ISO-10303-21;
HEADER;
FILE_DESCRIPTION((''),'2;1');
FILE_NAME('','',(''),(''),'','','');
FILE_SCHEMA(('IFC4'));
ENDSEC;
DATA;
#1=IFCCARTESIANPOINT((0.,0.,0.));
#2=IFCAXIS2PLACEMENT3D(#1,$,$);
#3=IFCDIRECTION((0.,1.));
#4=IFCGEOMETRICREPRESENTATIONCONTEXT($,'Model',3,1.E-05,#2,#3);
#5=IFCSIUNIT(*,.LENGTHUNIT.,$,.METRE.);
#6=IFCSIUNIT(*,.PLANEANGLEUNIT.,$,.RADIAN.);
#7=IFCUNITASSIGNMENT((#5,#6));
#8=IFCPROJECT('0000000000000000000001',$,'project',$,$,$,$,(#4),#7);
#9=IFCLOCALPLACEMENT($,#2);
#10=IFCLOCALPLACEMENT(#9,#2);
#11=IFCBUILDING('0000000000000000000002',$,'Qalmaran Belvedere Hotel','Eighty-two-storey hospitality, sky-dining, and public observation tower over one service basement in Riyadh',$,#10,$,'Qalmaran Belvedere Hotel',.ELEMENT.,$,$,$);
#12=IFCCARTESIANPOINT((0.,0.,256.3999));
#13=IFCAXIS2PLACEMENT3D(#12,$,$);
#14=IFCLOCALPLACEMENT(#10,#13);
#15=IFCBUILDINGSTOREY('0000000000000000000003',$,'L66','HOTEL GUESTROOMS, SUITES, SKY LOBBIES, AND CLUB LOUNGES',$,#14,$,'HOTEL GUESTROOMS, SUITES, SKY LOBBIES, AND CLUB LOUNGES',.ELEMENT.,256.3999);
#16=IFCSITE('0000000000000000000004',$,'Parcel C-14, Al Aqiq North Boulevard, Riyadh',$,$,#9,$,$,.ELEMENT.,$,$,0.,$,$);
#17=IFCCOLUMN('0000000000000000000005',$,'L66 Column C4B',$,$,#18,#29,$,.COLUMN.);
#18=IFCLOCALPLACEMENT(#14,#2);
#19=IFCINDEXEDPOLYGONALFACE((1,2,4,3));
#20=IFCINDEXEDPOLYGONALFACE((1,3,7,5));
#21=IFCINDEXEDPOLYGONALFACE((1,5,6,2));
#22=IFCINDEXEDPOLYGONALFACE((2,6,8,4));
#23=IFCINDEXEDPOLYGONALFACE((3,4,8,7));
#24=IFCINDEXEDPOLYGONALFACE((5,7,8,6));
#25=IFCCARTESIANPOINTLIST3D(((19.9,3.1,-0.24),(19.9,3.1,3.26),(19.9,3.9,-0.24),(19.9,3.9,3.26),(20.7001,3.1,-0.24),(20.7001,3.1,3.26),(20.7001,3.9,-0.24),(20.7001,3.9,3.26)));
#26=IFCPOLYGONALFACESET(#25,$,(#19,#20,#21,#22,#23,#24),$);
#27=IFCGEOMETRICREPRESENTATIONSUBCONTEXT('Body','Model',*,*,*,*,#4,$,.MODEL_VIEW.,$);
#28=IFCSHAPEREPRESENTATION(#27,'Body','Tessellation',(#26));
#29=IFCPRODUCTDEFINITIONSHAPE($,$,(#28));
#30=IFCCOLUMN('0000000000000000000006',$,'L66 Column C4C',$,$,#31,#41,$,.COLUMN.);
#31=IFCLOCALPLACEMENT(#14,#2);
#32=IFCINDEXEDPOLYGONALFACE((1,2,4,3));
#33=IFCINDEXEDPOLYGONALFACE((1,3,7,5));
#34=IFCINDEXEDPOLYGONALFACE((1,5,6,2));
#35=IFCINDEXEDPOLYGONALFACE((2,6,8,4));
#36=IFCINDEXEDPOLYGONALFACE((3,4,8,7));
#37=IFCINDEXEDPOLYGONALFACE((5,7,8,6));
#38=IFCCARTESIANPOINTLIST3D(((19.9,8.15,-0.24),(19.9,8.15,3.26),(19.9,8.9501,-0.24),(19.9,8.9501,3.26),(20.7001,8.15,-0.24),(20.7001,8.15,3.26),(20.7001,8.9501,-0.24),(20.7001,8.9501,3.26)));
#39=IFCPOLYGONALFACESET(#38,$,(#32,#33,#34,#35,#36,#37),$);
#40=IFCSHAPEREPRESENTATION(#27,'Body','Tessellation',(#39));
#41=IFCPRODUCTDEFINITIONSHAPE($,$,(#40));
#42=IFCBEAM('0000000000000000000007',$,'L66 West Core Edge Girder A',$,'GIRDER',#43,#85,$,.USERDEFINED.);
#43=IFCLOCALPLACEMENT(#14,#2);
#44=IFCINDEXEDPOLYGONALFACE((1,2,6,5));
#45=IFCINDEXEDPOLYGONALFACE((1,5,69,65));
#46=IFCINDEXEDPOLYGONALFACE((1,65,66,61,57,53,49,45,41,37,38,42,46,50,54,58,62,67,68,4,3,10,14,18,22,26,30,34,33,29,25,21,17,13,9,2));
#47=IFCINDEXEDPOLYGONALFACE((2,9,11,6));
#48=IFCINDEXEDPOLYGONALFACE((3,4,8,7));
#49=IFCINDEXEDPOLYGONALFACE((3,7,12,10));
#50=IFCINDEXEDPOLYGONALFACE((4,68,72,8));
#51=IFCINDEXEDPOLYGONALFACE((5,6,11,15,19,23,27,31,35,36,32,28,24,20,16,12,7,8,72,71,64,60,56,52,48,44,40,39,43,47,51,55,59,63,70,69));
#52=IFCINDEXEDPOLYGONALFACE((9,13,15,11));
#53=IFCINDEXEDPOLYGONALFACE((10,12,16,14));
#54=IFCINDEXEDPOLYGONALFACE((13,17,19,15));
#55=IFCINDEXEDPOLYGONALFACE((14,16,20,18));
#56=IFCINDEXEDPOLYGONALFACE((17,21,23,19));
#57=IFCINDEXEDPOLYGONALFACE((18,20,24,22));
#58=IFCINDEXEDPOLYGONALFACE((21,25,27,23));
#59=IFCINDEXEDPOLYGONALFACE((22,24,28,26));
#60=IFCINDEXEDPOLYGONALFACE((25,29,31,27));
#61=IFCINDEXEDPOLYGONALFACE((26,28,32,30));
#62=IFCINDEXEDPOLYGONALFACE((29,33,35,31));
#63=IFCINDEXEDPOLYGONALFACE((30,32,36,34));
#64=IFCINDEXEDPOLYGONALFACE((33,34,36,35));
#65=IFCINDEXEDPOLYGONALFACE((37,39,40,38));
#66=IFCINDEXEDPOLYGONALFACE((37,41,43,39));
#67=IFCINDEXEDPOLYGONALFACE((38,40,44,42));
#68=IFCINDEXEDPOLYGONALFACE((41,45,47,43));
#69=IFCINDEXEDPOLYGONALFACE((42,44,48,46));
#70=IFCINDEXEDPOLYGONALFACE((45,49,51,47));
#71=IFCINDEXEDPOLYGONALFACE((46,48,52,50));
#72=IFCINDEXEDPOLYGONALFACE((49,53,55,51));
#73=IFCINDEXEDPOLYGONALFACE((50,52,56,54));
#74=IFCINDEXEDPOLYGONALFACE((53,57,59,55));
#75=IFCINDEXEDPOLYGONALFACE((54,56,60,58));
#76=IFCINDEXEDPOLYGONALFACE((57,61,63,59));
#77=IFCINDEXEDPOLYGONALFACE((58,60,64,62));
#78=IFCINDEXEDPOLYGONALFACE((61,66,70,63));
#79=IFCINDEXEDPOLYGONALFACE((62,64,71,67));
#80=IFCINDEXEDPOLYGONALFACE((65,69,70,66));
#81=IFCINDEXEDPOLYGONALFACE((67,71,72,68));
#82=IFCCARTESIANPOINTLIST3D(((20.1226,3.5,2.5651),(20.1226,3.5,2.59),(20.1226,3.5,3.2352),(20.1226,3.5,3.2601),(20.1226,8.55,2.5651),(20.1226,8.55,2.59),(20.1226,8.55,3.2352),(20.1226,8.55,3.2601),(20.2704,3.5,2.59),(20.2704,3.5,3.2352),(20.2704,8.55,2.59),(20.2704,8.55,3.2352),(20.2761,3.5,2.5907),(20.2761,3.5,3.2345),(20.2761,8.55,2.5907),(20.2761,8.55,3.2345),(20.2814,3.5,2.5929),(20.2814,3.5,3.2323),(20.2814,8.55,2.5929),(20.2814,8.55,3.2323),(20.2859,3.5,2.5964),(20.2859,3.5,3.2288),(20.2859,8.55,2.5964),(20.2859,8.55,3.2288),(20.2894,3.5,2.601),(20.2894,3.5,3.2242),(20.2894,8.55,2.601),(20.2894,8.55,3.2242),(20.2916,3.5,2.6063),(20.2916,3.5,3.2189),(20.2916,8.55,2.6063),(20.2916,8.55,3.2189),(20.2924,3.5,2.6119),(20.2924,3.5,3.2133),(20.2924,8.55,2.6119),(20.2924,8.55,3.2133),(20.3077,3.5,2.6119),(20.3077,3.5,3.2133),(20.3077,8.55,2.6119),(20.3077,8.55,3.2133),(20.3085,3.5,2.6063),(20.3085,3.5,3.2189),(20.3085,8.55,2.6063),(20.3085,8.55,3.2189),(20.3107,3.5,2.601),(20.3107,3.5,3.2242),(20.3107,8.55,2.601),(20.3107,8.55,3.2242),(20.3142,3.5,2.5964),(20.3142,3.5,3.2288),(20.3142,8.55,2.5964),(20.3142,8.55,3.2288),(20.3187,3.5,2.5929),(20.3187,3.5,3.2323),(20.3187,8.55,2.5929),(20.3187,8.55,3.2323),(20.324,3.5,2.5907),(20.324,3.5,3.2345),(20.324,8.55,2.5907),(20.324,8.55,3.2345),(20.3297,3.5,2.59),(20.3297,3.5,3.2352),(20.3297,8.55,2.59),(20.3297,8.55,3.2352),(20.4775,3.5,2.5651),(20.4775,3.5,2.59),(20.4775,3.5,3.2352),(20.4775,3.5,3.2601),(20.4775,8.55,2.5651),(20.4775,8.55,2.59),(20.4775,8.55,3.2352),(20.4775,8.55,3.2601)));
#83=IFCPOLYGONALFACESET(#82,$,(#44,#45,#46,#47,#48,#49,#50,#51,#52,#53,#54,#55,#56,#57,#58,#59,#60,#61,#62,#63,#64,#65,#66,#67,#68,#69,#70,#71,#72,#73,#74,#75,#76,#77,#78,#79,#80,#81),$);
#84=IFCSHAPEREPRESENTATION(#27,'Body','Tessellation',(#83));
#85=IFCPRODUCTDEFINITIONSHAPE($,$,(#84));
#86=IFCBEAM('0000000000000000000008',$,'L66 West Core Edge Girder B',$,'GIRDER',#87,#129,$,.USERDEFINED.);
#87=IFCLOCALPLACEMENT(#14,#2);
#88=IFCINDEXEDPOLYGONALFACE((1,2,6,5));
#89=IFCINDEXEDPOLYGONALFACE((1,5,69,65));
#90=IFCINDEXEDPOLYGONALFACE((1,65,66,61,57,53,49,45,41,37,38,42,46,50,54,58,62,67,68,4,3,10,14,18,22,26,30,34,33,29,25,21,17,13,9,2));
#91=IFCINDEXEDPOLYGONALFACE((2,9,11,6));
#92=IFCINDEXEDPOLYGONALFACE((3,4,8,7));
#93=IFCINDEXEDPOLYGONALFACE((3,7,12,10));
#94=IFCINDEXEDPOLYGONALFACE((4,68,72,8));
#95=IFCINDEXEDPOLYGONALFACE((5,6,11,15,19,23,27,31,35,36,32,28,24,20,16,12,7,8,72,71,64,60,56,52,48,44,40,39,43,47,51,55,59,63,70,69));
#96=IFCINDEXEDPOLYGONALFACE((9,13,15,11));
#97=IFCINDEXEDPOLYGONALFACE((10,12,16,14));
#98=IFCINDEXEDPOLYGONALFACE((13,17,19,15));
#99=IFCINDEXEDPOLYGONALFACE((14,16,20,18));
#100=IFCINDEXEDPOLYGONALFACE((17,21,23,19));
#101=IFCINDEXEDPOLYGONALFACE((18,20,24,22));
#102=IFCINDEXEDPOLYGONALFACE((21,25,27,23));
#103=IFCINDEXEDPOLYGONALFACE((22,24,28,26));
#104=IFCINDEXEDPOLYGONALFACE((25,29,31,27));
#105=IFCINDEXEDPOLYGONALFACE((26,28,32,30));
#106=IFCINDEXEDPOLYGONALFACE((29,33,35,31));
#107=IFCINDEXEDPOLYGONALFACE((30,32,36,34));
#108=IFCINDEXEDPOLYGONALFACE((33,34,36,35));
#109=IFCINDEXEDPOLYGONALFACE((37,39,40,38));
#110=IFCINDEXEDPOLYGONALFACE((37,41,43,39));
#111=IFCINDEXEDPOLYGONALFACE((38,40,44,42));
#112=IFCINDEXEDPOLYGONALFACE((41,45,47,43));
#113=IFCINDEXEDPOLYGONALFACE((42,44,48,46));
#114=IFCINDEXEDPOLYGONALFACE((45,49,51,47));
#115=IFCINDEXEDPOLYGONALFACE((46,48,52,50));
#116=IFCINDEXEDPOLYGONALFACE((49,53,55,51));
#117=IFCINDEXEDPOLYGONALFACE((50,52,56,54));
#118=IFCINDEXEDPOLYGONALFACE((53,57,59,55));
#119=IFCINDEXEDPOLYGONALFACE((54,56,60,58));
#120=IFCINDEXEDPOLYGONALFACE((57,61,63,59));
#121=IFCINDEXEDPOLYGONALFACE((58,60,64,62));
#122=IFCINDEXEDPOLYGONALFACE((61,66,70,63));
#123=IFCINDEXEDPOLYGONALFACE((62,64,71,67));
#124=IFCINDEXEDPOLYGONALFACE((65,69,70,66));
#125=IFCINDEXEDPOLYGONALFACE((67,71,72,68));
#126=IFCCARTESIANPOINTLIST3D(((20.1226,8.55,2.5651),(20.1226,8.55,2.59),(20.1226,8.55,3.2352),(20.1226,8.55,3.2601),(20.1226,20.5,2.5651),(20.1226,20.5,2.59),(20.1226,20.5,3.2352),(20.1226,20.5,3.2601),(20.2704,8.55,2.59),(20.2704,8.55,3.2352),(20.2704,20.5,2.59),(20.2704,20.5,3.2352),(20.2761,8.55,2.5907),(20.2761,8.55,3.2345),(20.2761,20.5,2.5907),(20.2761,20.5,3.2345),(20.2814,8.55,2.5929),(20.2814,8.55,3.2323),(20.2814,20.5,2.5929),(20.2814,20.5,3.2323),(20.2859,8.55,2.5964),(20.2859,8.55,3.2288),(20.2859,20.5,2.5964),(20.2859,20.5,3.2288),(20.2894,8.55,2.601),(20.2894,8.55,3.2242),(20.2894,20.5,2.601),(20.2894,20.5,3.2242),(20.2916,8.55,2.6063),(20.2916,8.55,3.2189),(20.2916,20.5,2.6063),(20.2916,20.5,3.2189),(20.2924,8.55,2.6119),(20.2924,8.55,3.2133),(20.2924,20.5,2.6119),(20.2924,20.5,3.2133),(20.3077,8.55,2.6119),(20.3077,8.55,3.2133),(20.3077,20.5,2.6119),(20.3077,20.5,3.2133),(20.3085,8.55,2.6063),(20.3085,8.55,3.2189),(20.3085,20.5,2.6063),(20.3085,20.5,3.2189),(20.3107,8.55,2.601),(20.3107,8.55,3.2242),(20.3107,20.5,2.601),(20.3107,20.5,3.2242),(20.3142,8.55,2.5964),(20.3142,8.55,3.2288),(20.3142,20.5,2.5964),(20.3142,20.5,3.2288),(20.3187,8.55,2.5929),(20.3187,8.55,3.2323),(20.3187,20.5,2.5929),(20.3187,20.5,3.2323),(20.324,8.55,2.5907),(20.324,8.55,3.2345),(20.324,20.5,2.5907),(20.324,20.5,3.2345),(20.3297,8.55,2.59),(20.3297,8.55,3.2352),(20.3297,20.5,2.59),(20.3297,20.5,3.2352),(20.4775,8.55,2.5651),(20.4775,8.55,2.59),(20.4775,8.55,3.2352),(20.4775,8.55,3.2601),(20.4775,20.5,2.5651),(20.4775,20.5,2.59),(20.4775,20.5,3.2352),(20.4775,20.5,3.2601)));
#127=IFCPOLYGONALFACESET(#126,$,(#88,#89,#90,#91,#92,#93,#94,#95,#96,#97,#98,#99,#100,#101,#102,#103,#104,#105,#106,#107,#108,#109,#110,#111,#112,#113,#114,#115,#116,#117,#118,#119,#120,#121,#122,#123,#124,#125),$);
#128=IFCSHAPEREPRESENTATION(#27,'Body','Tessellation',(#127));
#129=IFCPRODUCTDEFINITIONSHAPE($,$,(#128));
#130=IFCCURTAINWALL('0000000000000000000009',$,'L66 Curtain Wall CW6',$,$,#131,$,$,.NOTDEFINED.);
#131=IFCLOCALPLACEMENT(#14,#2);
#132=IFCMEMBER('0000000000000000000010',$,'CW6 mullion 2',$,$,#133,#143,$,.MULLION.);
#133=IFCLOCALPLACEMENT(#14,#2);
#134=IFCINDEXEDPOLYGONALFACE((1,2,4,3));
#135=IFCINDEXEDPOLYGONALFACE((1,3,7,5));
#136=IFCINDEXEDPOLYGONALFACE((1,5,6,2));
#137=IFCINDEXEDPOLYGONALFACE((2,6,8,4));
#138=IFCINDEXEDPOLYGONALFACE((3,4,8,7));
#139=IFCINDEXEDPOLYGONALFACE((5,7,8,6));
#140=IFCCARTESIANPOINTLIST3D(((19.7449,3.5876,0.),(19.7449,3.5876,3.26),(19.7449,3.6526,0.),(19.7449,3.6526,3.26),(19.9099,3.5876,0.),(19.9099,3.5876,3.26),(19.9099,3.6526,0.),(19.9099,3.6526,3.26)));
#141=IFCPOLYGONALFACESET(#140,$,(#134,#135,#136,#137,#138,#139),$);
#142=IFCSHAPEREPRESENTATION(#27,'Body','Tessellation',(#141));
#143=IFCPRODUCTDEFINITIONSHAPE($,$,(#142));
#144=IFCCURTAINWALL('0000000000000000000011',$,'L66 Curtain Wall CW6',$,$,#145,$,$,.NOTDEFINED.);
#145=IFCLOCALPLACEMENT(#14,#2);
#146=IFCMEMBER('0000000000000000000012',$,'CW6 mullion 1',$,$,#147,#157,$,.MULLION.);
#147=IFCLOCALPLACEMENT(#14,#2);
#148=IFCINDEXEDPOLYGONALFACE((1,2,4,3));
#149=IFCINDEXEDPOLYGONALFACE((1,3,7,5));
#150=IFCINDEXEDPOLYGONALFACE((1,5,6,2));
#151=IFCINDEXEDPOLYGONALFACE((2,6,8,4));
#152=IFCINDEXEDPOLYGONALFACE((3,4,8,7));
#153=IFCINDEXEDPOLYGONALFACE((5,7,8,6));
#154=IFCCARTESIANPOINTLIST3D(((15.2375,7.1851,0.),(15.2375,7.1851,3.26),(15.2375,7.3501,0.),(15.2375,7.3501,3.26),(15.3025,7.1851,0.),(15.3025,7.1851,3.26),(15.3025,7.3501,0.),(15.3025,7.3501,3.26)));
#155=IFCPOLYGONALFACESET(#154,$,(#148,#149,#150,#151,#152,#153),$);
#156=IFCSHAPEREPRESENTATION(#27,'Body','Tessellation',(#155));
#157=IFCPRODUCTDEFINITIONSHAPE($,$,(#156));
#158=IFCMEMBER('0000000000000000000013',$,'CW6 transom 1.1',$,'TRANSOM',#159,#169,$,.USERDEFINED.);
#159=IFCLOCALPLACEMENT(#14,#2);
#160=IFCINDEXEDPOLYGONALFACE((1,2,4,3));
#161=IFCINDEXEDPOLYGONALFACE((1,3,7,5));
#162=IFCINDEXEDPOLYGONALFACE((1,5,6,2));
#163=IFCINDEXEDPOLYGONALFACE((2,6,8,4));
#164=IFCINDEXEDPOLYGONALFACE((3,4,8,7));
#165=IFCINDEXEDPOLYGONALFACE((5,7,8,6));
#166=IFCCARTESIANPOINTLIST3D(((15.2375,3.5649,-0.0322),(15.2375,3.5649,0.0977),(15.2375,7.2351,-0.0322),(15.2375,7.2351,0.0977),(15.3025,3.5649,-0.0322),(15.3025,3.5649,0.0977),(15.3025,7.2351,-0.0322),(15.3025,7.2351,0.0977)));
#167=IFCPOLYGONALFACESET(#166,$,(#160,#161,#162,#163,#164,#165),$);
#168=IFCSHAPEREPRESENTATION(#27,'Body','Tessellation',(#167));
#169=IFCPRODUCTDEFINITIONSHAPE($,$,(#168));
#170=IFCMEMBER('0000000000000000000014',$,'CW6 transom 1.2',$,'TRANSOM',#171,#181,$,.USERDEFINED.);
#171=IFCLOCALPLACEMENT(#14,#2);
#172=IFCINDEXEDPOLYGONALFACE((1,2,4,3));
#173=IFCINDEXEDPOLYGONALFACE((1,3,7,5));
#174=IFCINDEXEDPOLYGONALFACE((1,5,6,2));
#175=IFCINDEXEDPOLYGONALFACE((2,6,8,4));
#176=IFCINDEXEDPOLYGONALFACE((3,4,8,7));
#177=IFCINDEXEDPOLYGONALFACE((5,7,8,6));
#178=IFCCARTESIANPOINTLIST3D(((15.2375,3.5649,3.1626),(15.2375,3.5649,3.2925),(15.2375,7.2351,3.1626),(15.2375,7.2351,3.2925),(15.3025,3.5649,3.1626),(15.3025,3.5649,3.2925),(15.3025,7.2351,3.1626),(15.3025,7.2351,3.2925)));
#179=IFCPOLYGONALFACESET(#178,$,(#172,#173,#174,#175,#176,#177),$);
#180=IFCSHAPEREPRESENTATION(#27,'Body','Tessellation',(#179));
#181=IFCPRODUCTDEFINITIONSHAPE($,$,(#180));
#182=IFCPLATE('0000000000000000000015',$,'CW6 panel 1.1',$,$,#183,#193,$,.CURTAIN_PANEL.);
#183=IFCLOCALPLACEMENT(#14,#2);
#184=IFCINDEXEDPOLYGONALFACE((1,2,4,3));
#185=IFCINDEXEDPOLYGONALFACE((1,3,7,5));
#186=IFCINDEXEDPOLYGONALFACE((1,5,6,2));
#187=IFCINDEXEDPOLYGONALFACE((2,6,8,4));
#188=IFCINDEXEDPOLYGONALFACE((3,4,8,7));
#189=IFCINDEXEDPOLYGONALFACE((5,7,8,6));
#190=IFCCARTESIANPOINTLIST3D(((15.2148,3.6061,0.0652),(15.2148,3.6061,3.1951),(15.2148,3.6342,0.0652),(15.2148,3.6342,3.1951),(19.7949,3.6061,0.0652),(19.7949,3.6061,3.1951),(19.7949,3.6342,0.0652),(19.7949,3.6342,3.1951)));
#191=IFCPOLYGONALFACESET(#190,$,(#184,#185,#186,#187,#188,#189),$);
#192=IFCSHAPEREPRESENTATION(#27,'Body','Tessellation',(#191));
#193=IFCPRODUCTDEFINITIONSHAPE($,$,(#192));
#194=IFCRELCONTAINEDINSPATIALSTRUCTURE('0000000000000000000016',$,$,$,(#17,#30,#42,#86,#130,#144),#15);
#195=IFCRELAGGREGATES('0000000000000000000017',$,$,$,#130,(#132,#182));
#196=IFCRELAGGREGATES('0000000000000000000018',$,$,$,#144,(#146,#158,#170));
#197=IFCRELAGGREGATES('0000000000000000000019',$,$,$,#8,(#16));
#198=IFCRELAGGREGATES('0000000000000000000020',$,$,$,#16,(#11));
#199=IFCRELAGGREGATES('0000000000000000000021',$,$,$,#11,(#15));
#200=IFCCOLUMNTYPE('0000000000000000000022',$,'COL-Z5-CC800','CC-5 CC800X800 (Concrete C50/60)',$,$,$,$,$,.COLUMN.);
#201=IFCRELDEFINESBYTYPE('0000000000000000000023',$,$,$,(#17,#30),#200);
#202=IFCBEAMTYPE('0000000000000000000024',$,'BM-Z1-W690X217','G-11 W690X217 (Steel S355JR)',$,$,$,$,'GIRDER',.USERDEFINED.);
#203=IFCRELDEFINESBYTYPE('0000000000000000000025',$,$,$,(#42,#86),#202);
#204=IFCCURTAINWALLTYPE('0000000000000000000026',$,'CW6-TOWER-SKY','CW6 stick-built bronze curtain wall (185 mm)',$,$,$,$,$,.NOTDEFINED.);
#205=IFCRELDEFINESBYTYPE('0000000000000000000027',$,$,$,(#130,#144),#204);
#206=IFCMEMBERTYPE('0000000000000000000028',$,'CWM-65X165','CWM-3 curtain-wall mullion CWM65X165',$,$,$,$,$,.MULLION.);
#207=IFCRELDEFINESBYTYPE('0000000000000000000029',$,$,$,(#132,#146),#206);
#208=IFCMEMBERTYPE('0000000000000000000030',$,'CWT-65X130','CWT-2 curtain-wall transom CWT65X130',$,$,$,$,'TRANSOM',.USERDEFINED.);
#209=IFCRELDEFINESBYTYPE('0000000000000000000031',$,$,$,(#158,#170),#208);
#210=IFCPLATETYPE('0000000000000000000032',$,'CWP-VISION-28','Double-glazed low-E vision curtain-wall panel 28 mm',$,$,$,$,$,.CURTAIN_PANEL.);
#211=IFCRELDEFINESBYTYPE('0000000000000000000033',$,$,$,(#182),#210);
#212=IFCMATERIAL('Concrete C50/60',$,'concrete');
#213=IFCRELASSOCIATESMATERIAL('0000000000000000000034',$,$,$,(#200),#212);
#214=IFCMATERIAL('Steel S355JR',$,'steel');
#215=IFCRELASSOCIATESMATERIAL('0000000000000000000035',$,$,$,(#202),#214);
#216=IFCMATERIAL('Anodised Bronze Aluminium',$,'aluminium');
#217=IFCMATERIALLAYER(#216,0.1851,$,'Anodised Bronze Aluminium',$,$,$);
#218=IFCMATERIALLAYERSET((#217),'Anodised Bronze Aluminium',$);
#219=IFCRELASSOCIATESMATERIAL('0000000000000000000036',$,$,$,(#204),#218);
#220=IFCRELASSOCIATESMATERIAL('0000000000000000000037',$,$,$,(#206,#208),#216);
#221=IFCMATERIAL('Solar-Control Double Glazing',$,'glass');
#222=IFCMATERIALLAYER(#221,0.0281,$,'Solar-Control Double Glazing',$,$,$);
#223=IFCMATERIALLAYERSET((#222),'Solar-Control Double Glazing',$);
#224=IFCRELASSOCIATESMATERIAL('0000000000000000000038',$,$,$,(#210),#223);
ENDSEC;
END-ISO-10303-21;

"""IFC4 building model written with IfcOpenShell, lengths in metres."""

from ifc_helpers import new_model, si_unit, direction, frame, origin, origin_2d, place, context, subcontext, project, spatial, rectangle, i_section, extrude, material, layer, layer_set, material_profile, profile_set, type_object, element, aggregate, save


model = new_model("IFC4")

# Units and contexts
model_context = context("Model", 3, precision=1e-05, world=origin(), true_north=direction((0.0, 1.0)))
body_context = subcontext(model_context, "Body", "Model", "MODEL_VIEW")
ifc_project = project(units=[si_unit("LENGTHUNIT", "METRE"), si_unit("PLANEANGLEUNIT", "RADIAN")], contexts=[model_context])

# Site, building, storey
site_placement = place(None, origin())
site = spatial("IfcSite", under=ifc_project, at=site_placement, Name="Parcel C-14, Al Aqiq North Boulevard, Riyadh", CompositionType="ELEMENT", RefElevation=0.0)
building_placement = place(site_placement, origin())
building = spatial("IfcBuilding", under=site, at=building_placement, Name="Qalmaran Belvedere Hotel", Description="Eighty-two-storey hospitality, sky-dining, and public observation tower over one service basement in Riyadh", LongName="Qalmaran Belvedere Hotel", CompositionType="ELEMENT")
storey_placement = place(building_placement, frame((0.0, 0.0, 256.3999)))
storey = spatial("IfcBuildingStorey", under=building, at=storey_placement, Name="L66", Description="HOTEL GUESTROOMS, SUITES, SKY LOBBIES, AND CLUB LOUNGES", LongName="HOTEL GUESTROOMS, SUITES, SKY LOBBIES, AND CLUB LOUNGES", CompositionType="ELEMENT", Elevation=256.3999)

# Columns
ifc_material_1 = material(Name="Concrete C50/60", Category="concrete")
ifc_material_profile_1 = material_profile(ifc_material_1, rectangle(XDim=0.8, YDim=0.8, at=origin_2d()), Name="CC800X800")
ifc_profile_set_1 = profile_set([ifc_material_profile_1], Name="Concrete C50/60")
column_type = type_object("IfcColumnType", Name="COL-Z5-CC800", Description="CC-5 CC800X800 (Concrete C50/60)", PredefinedType="COLUMN", material=ifc_profile_set_1)
for number, where, z_axis, x_axis, name in (
    (1, (20.3, 3.5, -0.24), (0.0, 0.0, 1.0), (1.0, 0.0, 0.0), "L66 Column C4B"),
    (2, (20.3, 8.55, -0.24), (0.0, 0.0, 1.0), (1.0, 0.0, 0.0), "L66 Column C4C"),
):
    element("IfcColumn", number, at=place(storey_placement, frame(where, z_axis=z_axis, x_axis=x_axis)), inside=storey, type_object=column_type, Name=name, PredefinedType="COLUMN", context=body_context, shape_type="SweptSolid", body=[
        extrude(rectangle(XDim=0.8, YDim=0.8, at=origin_2d()), origin(), (0.0, 0.0, 1.0), 3.5),
    ])

# Beams
ifc_material_2 = material(Name="Steel S355JR", Category="steel")
ifc_material_profile_2 = material_profile(ifc_material_2, i_section(OverallWidth=0.355, OverallDepth=0.6951, WebThickness=0.0154, FlangeThickness=0.0249, FilletRadius=0.022, at=origin_2d()), Name="W690X217")
ifc_profile_set_2 = profile_set([ifc_material_profile_2], Name="Steel S355JR")
beam_type = type_object("IfcBeamType", Name="BM-Z1-W690X217", Description="G-11 W690X217 (Steel S355JR)", ElementType="GIRDER", PredefinedType="USERDEFINED", material=ifc_profile_set_2)
beam_1_placement = place(storey_placement, frame((20.3, 3.5, 2.9126), z_axis=(0.0, 1.0, 0.0), x_axis=(-1.0, 0.0, 0.0)))
element("IfcBeam", 3, at=beam_1_placement, inside=storey, type_object=beam_type, Name="L66 West Core Edge Girder A", ObjectType="GIRDER", PredefinedType="USERDEFINED", context=body_context, shape_type="SweptSolid", body=[
    extrude(i_section(OverallWidth=0.355, OverallDepth=0.6951, WebThickness=0.0154, FlangeThickness=0.0249, FilletRadius=0.022, at=origin_2d()), origin(), (0.0, 0.0, 1.0), 5.05),
])
beam_2_placement = place(storey_placement, frame((20.3, 8.55, 2.9126), z_axis=(0.0, 1.0, 0.0), x_axis=(-1.0, 0.0, 0.0)))
element("IfcBeam", 4, at=beam_2_placement, inside=storey, type_object=beam_type, Name="L66 West Core Edge Girder B", ObjectType="GIRDER", PredefinedType="USERDEFINED", context=body_context, shape_type="SweptSolid", body=[
    extrude(i_section(OverallWidth=0.355, OverallDepth=0.6951, WebThickness=0.0154, FlangeThickness=0.0249, FilletRadius=0.022, at=origin_2d()), origin(), (0.0, 0.0, 1.0), 11.95),
])

# Curtain wall, member
ifc_material_3 = material(Name="Anodised Bronze Aluminium", Category="aluminium")
ifc_layer_1 = layer(ifc_material_3, 0.1851, Name="Anodised Bronze Aluminium")
ifc_layer_set_1 = layer_set([ifc_layer_1], Name="Anodised Bronze Aluminium")
curtain_wall_type = type_object("IfcCurtainWallType", Name="CW6-TOWER-SKY", Description="CW6 stick-built bronze curtain wall (185 mm)", PredefinedType="NOTDEFINED", material=ifc_layer_set_1)
curtain_wall_1_placement = place(storey_placement, origin())
curtain_wall_1 = element("IfcCurtainWall", 5, at=curtain_wall_1_placement, inside=storey, type_object=curtain_wall_type, Name="L66 Curtain Wall CW6", PredefinedType="NOTDEFINED")
ifc_material_profile_3 = material_profile(ifc_material_3, rectangle(XDim=0.0649, YDim=0.165, at=origin_2d()), Name="CWM65X165")
ifc_profile_set_3 = profile_set([ifc_material_profile_3], Name="Anodised Bronze Aluminium")
member_type_1 = type_object("IfcMemberType", Name="CWM-65X165", Description="CWM-3 curtain-wall mullion CWM65X165", PredefinedType="MULLION", material=ifc_profile_set_3)
member_1_placement = place(storey_placement, frame((19.8274, 3.6201, 0.0), z_axis=(0.0, 0.0, 1.0), x_axis=(0.0, 1.0, 0.0)))
member_1 = element("IfcMember", 6, at=member_1_placement, type_object=member_type_1, Name="CW6 mullion 2", PredefinedType="MULLION", context=body_context, shape_type="SweptSolid", body=[
    extrude(rectangle(XDim=0.0649, YDim=0.165, at=origin_2d()), origin(), (0.0, 0.0, 1.0), 3.26),
])

# Curtain wall, members
curtain_wall_2_placement = place(storey_placement, origin())
curtain_wall_2 = element("IfcCurtainWall", 7, at=curtain_wall_2_placement, inside=storey, type_object=curtain_wall_type, Name="L66 Curtain Wall CW6", PredefinedType="NOTDEFINED")
member_2_placement = place(storey_placement, frame((15.27, 7.2676, 0.0), z_axis=(0.0, 0.0, 1.0), x_axis=(1.0, 0.0, 0.0)))
member_2 = element("IfcMember", 8, at=member_2_placement, type_object=member_type_1, Name="CW6 mullion 1", PredefinedType="MULLION", context=body_context, shape_type="SweptSolid", body=[
    extrude(rectangle(XDim=0.0649, YDim=0.165, at=origin_2d()), origin(), (0.0, 0.0, 1.0), 3.26),
])
ifc_material_profile_4 = material_profile(ifc_material_3, rectangle(XDim=0.0649, YDim=0.1299, at=origin_2d()), Name="CWT65X130")
ifc_profile_set_4 = profile_set([ifc_material_profile_4], Name="Anodised Bronze Aluminium")
member_type_2 = type_object("IfcMemberType", Name="CWT-65X130", Description="CWT-2 curtain-wall transom CWT65X130", ElementType="TRANSOM", PredefinedType="USERDEFINED", material=ifc_profile_set_4)
member_3_placement = place(storey_placement, frame((15.27, 7.2351, 0.0327), z_axis=(0.0, -1.0, 0.0), x_axis=(1.0, 0.0, 0.0)))
member_3 = element("IfcMember", 9, at=member_3_placement, type_object=member_type_2, Name="CW6 transom 1.1", ObjectType="TRANSOM", PredefinedType="USERDEFINED", context=body_context, shape_type="SweptSolid", body=[
    extrude(rectangle(XDim=0.0649, YDim=0.1299, at=origin_2d()), origin(), (0.0, 0.0, 1.0), 3.6702),
])
member_4_placement = place(storey_placement, frame((15.27, 7.2351, 3.2275), z_axis=(0.0, -1.0, 0.0), x_axis=(1.0, 0.0, 0.0)))
member_4 = element("IfcMember", 10, at=member_4_placement, type_object=member_type_2, Name="CW6 transom 1.2", ObjectType="TRANSOM", PredefinedType="USERDEFINED", context=body_context, shape_type="SweptSolid", body=[
    extrude(rectangle(XDim=0.0649, YDim=0.1299, at=origin_2d()), origin(), (0.0, 0.0, 1.0), 3.6702),
])

# Plate
ifc_material_4 = material(Name="Solar-Control Double Glazing", Category="glass")
ifc_layer_2 = layer(ifc_material_4, 0.0281, Name="Solar-Control Double Glazing")
ifc_layer_set_2 = layer_set([ifc_layer_2], Name="Solar-Control Double Glazing")
plate_type = type_object("IfcPlateType", Name="CWP-VISION-28", Description="Double-glazed low-E vision curtain-wall panel 28 mm", PredefinedType="CURTAIN_PANEL", material=ifc_layer_set_2)
plate_1_placement = place(storey_placement, frame((17.5049, 3.6201, 0.0652), z_axis=(0.0, 0.0, 1.0), x_axis=(1.0, 0.0, 0.0)))
plate_1 = element("IfcPlate", 11, at=plate_1_placement, type_object=plate_type, Name="CW6 panel 1.1", PredefinedType="CURTAIN_PANEL", context=body_context, shape_type="SweptSolid", body=[
    extrude(rectangle(XDim=4.5801, YDim=0.0281, at=origin_2d()), origin(), (0.0, 0.0, 1.0), 3.1299),
])
aggregate(curtain_wall_1, [member_1, plate_1])
aggregate(curtain_wall_2, [member_2, member_3, member_4])

save(model, "model.ifc")
